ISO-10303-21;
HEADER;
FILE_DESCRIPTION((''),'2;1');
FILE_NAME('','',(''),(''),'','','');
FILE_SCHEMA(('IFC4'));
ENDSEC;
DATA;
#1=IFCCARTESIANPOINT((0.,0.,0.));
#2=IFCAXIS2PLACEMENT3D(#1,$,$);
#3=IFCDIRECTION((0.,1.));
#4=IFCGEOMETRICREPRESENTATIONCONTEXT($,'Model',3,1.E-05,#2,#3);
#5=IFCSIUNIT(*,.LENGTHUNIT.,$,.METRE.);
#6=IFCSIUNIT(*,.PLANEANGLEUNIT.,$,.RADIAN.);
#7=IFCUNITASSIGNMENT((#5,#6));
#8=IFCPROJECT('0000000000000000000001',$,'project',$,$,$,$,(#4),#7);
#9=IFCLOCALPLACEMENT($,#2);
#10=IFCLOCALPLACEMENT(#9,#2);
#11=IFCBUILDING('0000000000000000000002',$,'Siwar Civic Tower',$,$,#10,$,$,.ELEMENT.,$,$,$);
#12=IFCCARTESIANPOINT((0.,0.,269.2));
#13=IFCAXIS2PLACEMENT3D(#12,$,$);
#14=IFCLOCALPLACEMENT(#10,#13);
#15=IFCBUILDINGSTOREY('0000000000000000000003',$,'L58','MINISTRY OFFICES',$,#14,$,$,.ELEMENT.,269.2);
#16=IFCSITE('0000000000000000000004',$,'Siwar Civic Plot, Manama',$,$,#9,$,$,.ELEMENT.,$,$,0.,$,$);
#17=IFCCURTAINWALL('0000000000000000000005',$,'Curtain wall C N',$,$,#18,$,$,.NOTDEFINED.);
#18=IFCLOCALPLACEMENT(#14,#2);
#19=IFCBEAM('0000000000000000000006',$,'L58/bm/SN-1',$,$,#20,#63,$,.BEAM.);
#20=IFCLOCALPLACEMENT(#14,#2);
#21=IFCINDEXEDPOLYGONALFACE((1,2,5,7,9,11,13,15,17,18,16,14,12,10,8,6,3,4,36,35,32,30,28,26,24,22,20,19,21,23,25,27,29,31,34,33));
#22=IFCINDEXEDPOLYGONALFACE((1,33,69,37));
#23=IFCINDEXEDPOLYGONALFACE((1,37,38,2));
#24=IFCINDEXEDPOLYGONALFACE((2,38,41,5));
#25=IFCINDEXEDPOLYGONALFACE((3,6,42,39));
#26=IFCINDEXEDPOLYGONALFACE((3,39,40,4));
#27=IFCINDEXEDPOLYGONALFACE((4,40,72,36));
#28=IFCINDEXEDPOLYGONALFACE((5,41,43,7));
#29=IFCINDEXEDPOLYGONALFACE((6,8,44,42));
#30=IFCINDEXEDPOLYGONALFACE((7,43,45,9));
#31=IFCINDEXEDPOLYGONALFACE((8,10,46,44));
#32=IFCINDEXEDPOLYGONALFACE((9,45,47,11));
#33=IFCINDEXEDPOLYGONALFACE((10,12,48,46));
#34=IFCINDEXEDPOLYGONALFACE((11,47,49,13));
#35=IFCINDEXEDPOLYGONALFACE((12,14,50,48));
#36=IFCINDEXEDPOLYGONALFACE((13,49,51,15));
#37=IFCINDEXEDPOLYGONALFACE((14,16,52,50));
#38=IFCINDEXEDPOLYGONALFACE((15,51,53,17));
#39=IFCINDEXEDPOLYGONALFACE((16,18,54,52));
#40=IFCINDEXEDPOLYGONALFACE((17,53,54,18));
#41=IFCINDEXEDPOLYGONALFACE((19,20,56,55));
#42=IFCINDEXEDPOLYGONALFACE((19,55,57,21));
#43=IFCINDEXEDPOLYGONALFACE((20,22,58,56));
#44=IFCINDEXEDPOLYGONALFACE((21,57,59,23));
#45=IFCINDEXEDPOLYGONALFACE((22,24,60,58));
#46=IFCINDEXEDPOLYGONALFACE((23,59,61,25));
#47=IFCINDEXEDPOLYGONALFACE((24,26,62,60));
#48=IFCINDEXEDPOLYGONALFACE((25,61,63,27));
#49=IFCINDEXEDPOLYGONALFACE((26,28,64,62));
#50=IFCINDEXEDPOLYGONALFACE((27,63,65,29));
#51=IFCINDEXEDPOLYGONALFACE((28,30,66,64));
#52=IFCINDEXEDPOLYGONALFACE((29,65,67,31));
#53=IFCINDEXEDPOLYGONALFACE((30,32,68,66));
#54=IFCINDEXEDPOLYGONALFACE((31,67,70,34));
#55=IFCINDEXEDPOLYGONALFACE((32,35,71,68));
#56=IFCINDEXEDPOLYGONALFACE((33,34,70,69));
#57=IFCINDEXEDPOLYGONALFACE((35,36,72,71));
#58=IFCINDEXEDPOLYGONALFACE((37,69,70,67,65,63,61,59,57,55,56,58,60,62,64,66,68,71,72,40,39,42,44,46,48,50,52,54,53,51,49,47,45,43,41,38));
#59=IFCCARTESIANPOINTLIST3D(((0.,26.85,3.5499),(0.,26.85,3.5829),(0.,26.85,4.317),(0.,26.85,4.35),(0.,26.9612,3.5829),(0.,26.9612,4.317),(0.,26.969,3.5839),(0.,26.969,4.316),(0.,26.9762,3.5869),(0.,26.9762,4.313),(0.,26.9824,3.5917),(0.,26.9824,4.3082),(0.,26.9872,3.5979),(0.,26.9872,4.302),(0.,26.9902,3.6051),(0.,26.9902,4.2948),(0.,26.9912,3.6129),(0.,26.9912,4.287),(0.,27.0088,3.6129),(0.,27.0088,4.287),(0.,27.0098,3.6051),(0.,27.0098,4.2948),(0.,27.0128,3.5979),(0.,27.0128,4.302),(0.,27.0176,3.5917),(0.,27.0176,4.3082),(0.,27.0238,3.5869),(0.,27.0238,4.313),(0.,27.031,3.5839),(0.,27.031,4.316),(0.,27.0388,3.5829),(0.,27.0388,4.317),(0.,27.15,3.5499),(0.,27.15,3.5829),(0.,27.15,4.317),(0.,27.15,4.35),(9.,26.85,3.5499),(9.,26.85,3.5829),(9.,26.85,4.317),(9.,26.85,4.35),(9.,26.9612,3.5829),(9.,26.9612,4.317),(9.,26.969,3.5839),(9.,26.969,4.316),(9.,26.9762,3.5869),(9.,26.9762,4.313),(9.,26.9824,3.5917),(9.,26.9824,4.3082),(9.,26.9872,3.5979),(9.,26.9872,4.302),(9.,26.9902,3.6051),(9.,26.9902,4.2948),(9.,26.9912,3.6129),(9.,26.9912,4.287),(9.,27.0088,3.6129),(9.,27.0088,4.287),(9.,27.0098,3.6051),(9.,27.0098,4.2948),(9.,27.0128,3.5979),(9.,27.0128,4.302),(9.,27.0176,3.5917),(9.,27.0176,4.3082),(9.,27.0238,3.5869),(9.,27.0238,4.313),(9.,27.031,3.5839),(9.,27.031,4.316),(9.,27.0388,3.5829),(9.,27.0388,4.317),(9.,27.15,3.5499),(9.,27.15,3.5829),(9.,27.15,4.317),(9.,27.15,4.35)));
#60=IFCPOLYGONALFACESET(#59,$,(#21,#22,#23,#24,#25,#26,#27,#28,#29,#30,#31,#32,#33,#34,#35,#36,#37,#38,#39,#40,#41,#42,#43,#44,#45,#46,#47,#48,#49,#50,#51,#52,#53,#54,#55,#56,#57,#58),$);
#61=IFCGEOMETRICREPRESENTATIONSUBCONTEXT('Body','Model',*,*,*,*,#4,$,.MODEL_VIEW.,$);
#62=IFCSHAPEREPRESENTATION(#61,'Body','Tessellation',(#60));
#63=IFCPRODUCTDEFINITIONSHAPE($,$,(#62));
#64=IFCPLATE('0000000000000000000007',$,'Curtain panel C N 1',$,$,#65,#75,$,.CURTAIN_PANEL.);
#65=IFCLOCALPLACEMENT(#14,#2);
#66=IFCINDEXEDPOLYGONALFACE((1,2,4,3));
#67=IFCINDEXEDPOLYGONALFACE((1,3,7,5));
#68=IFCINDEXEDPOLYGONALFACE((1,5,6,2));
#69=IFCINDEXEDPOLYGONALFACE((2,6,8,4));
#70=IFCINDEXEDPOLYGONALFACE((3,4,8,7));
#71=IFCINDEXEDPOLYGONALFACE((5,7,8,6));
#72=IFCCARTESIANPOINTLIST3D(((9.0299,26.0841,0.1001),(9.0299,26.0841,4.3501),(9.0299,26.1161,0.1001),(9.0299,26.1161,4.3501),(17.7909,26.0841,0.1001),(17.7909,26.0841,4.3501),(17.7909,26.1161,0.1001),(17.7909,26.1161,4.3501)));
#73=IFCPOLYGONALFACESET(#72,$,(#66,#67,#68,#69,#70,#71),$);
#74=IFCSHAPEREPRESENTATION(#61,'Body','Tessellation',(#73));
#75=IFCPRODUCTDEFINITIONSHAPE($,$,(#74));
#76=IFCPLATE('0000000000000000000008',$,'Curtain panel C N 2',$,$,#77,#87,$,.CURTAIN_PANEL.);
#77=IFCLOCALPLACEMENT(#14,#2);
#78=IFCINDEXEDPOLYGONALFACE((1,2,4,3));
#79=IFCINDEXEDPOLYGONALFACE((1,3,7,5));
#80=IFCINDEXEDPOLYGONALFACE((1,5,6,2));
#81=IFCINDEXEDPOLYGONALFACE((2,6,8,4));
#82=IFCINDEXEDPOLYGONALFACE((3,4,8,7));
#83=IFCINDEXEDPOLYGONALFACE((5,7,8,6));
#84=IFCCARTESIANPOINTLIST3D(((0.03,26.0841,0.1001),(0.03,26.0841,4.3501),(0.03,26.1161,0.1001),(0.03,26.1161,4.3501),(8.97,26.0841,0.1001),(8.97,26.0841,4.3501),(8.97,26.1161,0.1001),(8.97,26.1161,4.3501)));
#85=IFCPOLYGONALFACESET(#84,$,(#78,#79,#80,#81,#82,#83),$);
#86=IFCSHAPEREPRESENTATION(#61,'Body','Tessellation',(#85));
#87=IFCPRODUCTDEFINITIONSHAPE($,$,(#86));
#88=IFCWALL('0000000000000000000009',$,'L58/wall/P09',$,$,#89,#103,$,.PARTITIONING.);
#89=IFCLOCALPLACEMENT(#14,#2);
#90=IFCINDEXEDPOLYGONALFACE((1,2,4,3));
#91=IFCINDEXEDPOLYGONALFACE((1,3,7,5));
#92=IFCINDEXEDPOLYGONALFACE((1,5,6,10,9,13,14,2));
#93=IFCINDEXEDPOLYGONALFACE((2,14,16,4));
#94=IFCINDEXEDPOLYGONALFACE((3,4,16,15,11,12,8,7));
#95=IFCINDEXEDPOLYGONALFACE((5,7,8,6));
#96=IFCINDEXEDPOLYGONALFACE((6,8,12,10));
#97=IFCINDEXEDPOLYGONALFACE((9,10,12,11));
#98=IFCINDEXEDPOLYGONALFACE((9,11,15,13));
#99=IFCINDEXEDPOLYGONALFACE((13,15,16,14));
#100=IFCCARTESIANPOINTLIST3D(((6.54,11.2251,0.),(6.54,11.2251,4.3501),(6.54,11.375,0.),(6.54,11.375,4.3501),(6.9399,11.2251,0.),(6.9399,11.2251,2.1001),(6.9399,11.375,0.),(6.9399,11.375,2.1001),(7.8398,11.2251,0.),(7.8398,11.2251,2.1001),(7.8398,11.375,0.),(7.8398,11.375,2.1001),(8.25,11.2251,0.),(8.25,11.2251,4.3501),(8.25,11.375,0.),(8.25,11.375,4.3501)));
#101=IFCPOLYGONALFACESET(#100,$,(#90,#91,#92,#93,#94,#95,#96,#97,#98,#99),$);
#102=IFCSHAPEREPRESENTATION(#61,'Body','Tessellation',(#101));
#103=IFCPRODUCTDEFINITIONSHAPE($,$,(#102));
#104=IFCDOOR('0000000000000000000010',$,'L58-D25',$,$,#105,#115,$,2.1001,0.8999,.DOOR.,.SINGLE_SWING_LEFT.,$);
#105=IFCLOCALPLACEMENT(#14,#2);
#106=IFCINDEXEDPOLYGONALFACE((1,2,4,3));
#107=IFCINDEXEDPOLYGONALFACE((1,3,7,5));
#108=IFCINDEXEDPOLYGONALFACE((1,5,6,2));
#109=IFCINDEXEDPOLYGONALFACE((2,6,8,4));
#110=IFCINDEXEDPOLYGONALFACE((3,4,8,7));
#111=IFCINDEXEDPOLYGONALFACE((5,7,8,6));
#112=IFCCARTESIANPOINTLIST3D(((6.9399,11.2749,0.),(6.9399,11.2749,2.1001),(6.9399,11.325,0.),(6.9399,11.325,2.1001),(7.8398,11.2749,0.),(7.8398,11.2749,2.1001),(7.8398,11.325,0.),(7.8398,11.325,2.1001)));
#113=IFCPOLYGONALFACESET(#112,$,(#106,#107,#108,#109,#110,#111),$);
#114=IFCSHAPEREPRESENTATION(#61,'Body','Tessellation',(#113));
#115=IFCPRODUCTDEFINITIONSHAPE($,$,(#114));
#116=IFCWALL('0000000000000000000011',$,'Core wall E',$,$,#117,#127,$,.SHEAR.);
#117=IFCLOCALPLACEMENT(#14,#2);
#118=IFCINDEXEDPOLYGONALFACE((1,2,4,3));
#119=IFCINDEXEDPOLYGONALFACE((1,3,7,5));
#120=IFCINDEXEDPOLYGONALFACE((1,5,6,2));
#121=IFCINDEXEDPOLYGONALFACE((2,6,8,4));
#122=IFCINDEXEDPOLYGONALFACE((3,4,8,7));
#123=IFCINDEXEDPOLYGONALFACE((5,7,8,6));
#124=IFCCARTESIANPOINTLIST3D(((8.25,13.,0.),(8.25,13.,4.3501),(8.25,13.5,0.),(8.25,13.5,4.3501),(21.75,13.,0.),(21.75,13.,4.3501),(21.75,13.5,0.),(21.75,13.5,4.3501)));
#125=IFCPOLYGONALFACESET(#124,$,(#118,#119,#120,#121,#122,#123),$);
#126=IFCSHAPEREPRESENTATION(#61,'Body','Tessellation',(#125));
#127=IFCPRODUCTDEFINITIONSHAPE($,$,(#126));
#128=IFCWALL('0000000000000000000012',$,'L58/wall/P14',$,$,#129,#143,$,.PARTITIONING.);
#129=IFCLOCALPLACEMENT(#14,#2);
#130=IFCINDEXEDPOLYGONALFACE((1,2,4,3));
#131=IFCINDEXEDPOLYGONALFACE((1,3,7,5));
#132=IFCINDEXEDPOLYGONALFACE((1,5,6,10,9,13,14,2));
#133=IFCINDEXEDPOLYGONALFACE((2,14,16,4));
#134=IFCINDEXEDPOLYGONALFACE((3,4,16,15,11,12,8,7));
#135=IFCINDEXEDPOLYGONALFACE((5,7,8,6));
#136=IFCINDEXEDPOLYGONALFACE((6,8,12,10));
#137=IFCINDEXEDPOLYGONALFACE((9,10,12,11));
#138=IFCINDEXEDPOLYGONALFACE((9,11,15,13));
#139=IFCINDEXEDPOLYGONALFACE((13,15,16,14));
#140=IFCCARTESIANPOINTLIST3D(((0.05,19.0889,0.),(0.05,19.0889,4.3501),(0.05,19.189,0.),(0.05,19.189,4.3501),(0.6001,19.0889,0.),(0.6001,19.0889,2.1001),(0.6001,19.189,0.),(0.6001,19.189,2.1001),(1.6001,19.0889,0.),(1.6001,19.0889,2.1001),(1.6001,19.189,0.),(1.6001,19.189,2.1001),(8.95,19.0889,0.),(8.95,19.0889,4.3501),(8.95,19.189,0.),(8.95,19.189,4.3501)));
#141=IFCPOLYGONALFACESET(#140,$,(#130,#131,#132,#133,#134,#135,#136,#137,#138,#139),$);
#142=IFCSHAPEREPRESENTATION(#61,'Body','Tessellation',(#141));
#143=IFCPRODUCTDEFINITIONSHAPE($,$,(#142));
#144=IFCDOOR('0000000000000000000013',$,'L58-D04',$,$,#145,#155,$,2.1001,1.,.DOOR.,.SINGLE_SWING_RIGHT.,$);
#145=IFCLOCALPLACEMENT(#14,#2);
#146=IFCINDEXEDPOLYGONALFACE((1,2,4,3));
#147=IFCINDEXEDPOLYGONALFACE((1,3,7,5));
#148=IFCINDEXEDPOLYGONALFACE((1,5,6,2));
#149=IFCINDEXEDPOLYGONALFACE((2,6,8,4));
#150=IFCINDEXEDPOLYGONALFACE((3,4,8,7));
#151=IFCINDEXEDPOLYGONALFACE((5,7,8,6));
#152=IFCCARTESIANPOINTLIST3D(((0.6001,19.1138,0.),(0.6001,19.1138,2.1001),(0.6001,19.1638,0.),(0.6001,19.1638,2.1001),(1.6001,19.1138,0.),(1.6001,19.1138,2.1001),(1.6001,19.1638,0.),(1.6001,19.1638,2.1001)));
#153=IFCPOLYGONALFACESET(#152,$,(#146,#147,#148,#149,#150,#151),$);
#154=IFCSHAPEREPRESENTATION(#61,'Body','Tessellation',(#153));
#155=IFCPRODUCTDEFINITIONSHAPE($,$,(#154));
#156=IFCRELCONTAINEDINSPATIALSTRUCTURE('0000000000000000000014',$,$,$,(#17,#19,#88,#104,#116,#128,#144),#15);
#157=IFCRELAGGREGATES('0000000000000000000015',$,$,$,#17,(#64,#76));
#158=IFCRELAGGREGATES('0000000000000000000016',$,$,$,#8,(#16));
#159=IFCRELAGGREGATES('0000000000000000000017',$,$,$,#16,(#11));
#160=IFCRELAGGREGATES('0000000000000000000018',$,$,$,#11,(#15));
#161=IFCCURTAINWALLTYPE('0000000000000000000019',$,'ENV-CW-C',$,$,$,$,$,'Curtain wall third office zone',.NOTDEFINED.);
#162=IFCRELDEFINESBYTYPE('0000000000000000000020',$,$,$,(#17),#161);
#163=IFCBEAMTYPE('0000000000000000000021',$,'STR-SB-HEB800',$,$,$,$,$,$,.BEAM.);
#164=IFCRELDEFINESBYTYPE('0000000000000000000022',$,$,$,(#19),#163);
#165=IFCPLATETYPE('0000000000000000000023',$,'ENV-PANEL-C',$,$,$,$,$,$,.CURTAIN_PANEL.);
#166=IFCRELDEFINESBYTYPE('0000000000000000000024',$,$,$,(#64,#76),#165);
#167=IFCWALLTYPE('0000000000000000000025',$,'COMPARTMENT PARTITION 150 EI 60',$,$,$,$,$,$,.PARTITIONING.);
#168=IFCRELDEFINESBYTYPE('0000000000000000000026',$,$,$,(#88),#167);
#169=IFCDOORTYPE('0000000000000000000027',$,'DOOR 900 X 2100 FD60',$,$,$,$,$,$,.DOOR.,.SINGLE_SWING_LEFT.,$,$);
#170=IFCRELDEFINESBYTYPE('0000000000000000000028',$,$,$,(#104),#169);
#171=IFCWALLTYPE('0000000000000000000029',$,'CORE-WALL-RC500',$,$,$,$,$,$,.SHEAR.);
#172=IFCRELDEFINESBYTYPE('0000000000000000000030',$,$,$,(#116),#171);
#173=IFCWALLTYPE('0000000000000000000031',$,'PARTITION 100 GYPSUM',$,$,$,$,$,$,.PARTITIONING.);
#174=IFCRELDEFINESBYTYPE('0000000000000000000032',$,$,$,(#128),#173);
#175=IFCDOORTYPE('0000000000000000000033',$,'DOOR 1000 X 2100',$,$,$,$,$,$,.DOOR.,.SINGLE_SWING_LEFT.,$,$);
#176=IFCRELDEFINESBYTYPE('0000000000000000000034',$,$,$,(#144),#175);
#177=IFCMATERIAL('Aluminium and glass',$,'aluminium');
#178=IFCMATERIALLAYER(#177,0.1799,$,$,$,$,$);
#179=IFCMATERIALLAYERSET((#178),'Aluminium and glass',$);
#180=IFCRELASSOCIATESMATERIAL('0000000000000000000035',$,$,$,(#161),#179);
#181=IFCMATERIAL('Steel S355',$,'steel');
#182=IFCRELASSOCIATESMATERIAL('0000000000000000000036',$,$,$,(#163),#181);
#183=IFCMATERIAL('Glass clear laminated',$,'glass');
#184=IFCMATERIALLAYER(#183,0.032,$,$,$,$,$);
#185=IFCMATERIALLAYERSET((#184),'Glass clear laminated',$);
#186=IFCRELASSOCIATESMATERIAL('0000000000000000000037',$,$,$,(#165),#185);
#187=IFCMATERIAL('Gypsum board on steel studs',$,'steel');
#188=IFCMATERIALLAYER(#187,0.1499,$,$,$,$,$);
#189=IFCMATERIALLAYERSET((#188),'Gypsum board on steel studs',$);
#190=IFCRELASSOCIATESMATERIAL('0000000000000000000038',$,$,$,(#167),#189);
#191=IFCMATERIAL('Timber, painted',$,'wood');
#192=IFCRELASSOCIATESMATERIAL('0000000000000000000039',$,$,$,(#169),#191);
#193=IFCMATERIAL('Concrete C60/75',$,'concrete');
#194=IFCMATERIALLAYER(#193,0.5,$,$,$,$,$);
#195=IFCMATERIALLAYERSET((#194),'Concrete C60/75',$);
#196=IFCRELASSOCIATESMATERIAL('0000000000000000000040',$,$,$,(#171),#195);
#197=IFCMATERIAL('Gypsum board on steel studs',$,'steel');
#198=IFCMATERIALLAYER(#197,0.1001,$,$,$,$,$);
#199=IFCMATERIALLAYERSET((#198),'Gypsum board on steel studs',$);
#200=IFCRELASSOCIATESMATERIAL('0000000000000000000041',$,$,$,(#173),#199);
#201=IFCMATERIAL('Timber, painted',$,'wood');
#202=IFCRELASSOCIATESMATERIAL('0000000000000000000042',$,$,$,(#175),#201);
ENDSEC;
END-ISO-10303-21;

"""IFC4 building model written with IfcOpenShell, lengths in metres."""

from ifc_helpers import new_model, si_unit, direction, frame, frame_2d, origin, origin_2d, place, context, subcontext, project, spatial, rectangle, i_section, extrude, material, layer, layer_set, material_profile, profile_set, type_object, element, fill, aggregate, save


model = new_model("IFC4")

# Units and contexts
model_context = context("Model", 3, precision=1e-05, world=origin(), true_north=direction((0.0, 1.0)))
body_context = subcontext(model_context, "Body", "Model", "MODEL_VIEW")
ifc_project = project(units=[si_unit("LENGTHUNIT", "METRE"), si_unit("PLANEANGLEUNIT", "RADIAN")], contexts=[model_context])

# Site, building, storey
site_placement = place(None, origin())
site = spatial("IfcSite", under=ifc_project, at=site_placement, Name="Siwar Civic Plot, Manama", CompositionType="ELEMENT", RefElevation=0.0)
building_placement = place(site_placement, origin())
building = spatial("IfcBuilding", under=site, at=building_placement, Name="Siwar Civic Tower", CompositionType="ELEMENT")
storey_placement = place(building_placement, frame((0.0, 0.0, 269.2)))
storey = spatial("IfcBuildingStorey", under=building, at=storey_placement, Name="L58", Description="MINISTRY OFFICES", CompositionType="ELEMENT", Elevation=269.2)

# Curtain wall
ifc_material_1 = material(Name="Aluminium and glass", Category="aluminium")
ifc_layer_1 = layer(ifc_material_1, 0.1799)
ifc_layer_set_1 = layer_set([ifc_layer_1], Name="Aluminium and glass")
curtain_wall_type = type_object("IfcCurtainWallType", Name="ENV-CW-C", ElementType="Curtain wall third office zone", PredefinedType="NOTDEFINED", material=ifc_layer_set_1)
curtain_wall_placement = place(storey_placement, origin())
curtain_wall = element("IfcCurtainWall", 1, at=curtain_wall_placement, inside=storey, type_object=curtain_wall_type, Name="Curtain wall C N", PredefinedType="NOTDEFINED")

# Beam
ifc_material_2 = material(Name="Steel S355", Category="steel")
ifc_material_profile_1 = material_profile(ifc_material_2, i_section(OverallWidth=0.3, OverallDepth=0.8, WebThickness=0.0176, FlangeThickness=0.033, FilletRadius=0.03, at=origin_2d()), Name="HEB800")
ifc_profile_set_1 = profile_set([ifc_material_profile_1], Name="Steel S355")
beam_type_1 = type_object("IfcBeamType", Name="STR-SB-HEB800", PredefinedType="BEAM", material=ifc_profile_set_1)
beam_1_placement = place(storey_placement, frame((9.0, 27.0, 3.95), z_axis=(-1.0, 0.0, 0.0), x_axis=(0.0, -1.0, 0.0)))
element("IfcBeam", 2, at=beam_1_placement, inside=storey, type_object=beam_type_1, Name="L58/bm/SN-1", PredefinedType="BEAM", context=body_context, shape_type="SweptSolid", body=[
    extrude(i_section(OverallWidth=0.3, OverallDepth=0.8, WebThickness=0.0176, FlangeThickness=0.033, FilletRadius=0.03, at=origin_2d()), origin(), (0.0, 0.0, 1.0), 9.0),
])

# Plates
ifc_material_3 = material(Name="Glass clear laminated", Category="glass")
ifc_layer_2 = layer(ifc_material_3, 0.032)
ifc_layer_set_2 = layer_set([ifc_layer_2], Name="Glass clear laminated")
plate_type = type_object("IfcPlateType", Name="ENV-PANEL-C", PredefinedType="CURTAIN_PANEL", material=ifc_layer_set_2)
plate_1_placement = place(storey_placement, frame((13.4104, 26.1001, 0.1001), z_axis=(0.0, 0.0, 1.0), x_axis=(-1.0, 0.0, 0.0)))
plate_1 = element("IfcPlate", 3, at=plate_1_placement, type_object=plate_type, Name="Curtain panel C N 1", PredefinedType="CURTAIN_PANEL", context=body_context, shape_type="SweptSolid", body=[
    extrude(rectangle(XDim=8.761, YDim=0.032, at=origin_2d()), origin(), (0.0, 0.0, 1.0), 4.25),
])
plate_2_placement = place(storey_placement, frame((4.5, 26.1001, 0.1001), z_axis=(0.0, 0.0, 1.0), x_axis=(-1.0, 0.0, 0.0)))
plate_2 = element("IfcPlate", 4, at=plate_2_placement, type_object=plate_type, Name="Curtain panel C N 2", PredefinedType="CURTAIN_PANEL", context=body_context, shape_type="SweptSolid", body=[
    extrude(rectangle(XDim=8.9399, YDim=0.032, at=origin_2d()), origin(), (0.0, 0.0, 1.0), 4.25),
])
aggregate(curtain_wall, [plate_1, plate_2])

# Wall, opening, door
ifc_material_4 = material(Name="Gypsum board on steel studs", Category="steel")
ifc_layer_3 = layer(ifc_material_4, 0.1499)
ifc_layer_set_3 = layer_set([ifc_layer_3], Name="Gypsum board on steel studs")
wall_type_1 = type_object("IfcWallType", Name="COMPARTMENT PARTITION 150 EI 60", PredefinedType="PARTITIONING", material=ifc_layer_set_3)
wall_1_placement = place(storey_placement, frame((6.54, 11.3, 0.0), z_axis=(0.0, 0.0, 1.0), x_axis=(1.0, 0.0, 0.0)))
wall_1 = element("IfcWall", 5, at=wall_1_placement, inside=storey, type_object=wall_type_1, Name="L58/wall/P09", PredefinedType="PARTITIONING", context=body_context, shape_type="SweptSolid", body=[
    extrude(rectangle(XDim=1.71, YDim=0.1499, at=frame_2d((0.855, 0.0))), origin(), (0.0, 0.0, 1.0), 4.3501),
])
opening_1_placement = place(wall_1_placement, frame((0.3999, 0.0, 0.0)))
opening_1 = element("IfcOpeningElement", 6, at=opening_1_placement, cuts=wall_1, PredefinedType="OPENING", context=body_context, shape_type="SweptSolid", body=[
    extrude(rectangle(XDim=0.8999, YDim=2.1001, at=frame_2d((0.45, 1.05))), frame((0.0, 0.085, 0.0), z_axis=(0.0, -1.0, 0.0), x_axis=(1.0, 0.0, 0.0)), (0.0, 0.0, 1.0), 0.1699),
])
ifc_material_5 = material(Name="Timber, painted", Category="wood")
door_type_1 = type_object("IfcDoorType", Name="DOOR 900 X 2100 FD60", OperationType="SINGLE_SWING_LEFT", PredefinedType="DOOR", material=ifc_material_5)
door_1_placement = place(opening_1_placement, origin())
door_1 = element("IfcDoor", 7, at=door_1_placement, inside=storey, type_object=door_type_1, Name="L58-D25", OperationType="SINGLE_SWING_LEFT", OverallHeight=2.1001, OverallWidth=0.8999, PredefinedType="DOOR", context=body_context, shape_type="SweptSolid", body=[
    extrude(rectangle(XDim=0.8999, YDim=2.1001, at=frame_2d((0.45, 1.05))), frame((0.0, 0.0249, 0.0), z_axis=(0.0, -1.0, 0.0), x_axis=(1.0, 0.0, 0.0)), (0.0, 0.0, 1.0), 0.05),
])
fill(opening_1, door_1)

# Wall
ifc_material_6 = material(Name="Concrete C60/75", Category="concrete")
ifc_layer_4 = layer(ifc_material_6, 0.5)
ifc_layer_set_4 = layer_set([ifc_layer_4], Name="Concrete C60/75")
wall_type_2 = type_object("IfcWallType", Name="CORE-WALL-RC500", PredefinedType="SHEAR", material=ifc_layer_set_4)
wall_2_placement = place(storey_placement, frame((8.25, 13.25, 0.0), z_axis=(0.0, 0.0, 1.0), x_axis=(1.0, 0.0, 0.0)))
element("IfcWall", 8, at=wall_2_placement, inside=storey, type_object=wall_type_2, Name="Core wall E", PredefinedType="SHEAR", context=body_context, shape_type="SweptSolid", body=[
    extrude(rectangle(XDim=13.5, YDim=0.5, at=frame_2d((6.75, 0.0))), origin(), (0.0, 0.0, 1.0), 4.3501),
])

# Wall, opening, door
ifc_material_7 = material(Name="Gypsum board on steel studs", Category="steel")
ifc_layer_5 = layer(ifc_material_7, 0.1001)
ifc_layer_set_5 = layer_set([ifc_layer_5], Name="Gypsum board on steel studs")
wall_type_3 = type_object("IfcWallType", Name="PARTITION 100 GYPSUM", PredefinedType="PARTITIONING", material=ifc_layer_set_5)
wall_3_placement = place(storey_placement, frame((0.05, 19.1389, 0.0), z_axis=(0.0, 0.0, 1.0), x_axis=(1.0, 0.0, 0.0)))
wall_3 = element("IfcWall", 9, at=wall_3_placement, inside=storey, type_object=wall_type_3, Name="L58/wall/P14", PredefinedType="PARTITIONING", context=body_context, shape_type="SweptSolid", body=[
    extrude(rectangle(XDim=8.8999, YDim=0.1001, at=frame_2d((4.45, 0.0))), origin(), (0.0, 0.0, 1.0), 4.3501),
])
opening_2_placement = place(wall_3_placement, frame((0.55, 0.0, 0.0)))
opening_2 = element("IfcOpeningElement", 10, at=opening_2_placement, cuts=wall_3, PredefinedType="OPENING", context=body_context, shape_type="SweptSolid", body=[
    extrude(rectangle(XDim=1.0, YDim=2.1001, at=frame_2d((0.5, 1.05))), frame((0.0, 0.0601, 0.0), z_axis=(0.0, -1.0, 0.0), x_axis=(1.0, 0.0, 0.0)), (0.0, 0.0, 1.0), 0.1201),
])
ifc_material_8 = material(Name="Timber, painted", Category="wood")
door_type_2 = type_object("IfcDoorType", Name="DOOR 1000 X 2100", OperationType="SINGLE_SWING_LEFT", PredefinedType="DOOR", material=ifc_material_8)
door_2_placement = place(opening_2_placement, origin())
door_2 = element("IfcDoor", 11, at=door_2_placement, inside=storey, type_object=door_type_2, Name="L58-D04", OperationType="SINGLE_SWING_RIGHT", OverallHeight=2.1001, OverallWidth=1.0, PredefinedType="DOOR", context=body_context, shape_type="SweptSolid", body=[
    extrude(rectangle(XDim=1.0, YDim=2.1001, at=frame_2d((0.5, 1.05))), frame((0.0, 0.0249, 0.0), z_axis=(0.0, -1.0, 0.0), x_axis=(1.0, 0.0, 0.0)), (0.0, 0.0, 1.0), 0.05),
])
fill(opening_2, door_2)

save(model, "model.ifc")
